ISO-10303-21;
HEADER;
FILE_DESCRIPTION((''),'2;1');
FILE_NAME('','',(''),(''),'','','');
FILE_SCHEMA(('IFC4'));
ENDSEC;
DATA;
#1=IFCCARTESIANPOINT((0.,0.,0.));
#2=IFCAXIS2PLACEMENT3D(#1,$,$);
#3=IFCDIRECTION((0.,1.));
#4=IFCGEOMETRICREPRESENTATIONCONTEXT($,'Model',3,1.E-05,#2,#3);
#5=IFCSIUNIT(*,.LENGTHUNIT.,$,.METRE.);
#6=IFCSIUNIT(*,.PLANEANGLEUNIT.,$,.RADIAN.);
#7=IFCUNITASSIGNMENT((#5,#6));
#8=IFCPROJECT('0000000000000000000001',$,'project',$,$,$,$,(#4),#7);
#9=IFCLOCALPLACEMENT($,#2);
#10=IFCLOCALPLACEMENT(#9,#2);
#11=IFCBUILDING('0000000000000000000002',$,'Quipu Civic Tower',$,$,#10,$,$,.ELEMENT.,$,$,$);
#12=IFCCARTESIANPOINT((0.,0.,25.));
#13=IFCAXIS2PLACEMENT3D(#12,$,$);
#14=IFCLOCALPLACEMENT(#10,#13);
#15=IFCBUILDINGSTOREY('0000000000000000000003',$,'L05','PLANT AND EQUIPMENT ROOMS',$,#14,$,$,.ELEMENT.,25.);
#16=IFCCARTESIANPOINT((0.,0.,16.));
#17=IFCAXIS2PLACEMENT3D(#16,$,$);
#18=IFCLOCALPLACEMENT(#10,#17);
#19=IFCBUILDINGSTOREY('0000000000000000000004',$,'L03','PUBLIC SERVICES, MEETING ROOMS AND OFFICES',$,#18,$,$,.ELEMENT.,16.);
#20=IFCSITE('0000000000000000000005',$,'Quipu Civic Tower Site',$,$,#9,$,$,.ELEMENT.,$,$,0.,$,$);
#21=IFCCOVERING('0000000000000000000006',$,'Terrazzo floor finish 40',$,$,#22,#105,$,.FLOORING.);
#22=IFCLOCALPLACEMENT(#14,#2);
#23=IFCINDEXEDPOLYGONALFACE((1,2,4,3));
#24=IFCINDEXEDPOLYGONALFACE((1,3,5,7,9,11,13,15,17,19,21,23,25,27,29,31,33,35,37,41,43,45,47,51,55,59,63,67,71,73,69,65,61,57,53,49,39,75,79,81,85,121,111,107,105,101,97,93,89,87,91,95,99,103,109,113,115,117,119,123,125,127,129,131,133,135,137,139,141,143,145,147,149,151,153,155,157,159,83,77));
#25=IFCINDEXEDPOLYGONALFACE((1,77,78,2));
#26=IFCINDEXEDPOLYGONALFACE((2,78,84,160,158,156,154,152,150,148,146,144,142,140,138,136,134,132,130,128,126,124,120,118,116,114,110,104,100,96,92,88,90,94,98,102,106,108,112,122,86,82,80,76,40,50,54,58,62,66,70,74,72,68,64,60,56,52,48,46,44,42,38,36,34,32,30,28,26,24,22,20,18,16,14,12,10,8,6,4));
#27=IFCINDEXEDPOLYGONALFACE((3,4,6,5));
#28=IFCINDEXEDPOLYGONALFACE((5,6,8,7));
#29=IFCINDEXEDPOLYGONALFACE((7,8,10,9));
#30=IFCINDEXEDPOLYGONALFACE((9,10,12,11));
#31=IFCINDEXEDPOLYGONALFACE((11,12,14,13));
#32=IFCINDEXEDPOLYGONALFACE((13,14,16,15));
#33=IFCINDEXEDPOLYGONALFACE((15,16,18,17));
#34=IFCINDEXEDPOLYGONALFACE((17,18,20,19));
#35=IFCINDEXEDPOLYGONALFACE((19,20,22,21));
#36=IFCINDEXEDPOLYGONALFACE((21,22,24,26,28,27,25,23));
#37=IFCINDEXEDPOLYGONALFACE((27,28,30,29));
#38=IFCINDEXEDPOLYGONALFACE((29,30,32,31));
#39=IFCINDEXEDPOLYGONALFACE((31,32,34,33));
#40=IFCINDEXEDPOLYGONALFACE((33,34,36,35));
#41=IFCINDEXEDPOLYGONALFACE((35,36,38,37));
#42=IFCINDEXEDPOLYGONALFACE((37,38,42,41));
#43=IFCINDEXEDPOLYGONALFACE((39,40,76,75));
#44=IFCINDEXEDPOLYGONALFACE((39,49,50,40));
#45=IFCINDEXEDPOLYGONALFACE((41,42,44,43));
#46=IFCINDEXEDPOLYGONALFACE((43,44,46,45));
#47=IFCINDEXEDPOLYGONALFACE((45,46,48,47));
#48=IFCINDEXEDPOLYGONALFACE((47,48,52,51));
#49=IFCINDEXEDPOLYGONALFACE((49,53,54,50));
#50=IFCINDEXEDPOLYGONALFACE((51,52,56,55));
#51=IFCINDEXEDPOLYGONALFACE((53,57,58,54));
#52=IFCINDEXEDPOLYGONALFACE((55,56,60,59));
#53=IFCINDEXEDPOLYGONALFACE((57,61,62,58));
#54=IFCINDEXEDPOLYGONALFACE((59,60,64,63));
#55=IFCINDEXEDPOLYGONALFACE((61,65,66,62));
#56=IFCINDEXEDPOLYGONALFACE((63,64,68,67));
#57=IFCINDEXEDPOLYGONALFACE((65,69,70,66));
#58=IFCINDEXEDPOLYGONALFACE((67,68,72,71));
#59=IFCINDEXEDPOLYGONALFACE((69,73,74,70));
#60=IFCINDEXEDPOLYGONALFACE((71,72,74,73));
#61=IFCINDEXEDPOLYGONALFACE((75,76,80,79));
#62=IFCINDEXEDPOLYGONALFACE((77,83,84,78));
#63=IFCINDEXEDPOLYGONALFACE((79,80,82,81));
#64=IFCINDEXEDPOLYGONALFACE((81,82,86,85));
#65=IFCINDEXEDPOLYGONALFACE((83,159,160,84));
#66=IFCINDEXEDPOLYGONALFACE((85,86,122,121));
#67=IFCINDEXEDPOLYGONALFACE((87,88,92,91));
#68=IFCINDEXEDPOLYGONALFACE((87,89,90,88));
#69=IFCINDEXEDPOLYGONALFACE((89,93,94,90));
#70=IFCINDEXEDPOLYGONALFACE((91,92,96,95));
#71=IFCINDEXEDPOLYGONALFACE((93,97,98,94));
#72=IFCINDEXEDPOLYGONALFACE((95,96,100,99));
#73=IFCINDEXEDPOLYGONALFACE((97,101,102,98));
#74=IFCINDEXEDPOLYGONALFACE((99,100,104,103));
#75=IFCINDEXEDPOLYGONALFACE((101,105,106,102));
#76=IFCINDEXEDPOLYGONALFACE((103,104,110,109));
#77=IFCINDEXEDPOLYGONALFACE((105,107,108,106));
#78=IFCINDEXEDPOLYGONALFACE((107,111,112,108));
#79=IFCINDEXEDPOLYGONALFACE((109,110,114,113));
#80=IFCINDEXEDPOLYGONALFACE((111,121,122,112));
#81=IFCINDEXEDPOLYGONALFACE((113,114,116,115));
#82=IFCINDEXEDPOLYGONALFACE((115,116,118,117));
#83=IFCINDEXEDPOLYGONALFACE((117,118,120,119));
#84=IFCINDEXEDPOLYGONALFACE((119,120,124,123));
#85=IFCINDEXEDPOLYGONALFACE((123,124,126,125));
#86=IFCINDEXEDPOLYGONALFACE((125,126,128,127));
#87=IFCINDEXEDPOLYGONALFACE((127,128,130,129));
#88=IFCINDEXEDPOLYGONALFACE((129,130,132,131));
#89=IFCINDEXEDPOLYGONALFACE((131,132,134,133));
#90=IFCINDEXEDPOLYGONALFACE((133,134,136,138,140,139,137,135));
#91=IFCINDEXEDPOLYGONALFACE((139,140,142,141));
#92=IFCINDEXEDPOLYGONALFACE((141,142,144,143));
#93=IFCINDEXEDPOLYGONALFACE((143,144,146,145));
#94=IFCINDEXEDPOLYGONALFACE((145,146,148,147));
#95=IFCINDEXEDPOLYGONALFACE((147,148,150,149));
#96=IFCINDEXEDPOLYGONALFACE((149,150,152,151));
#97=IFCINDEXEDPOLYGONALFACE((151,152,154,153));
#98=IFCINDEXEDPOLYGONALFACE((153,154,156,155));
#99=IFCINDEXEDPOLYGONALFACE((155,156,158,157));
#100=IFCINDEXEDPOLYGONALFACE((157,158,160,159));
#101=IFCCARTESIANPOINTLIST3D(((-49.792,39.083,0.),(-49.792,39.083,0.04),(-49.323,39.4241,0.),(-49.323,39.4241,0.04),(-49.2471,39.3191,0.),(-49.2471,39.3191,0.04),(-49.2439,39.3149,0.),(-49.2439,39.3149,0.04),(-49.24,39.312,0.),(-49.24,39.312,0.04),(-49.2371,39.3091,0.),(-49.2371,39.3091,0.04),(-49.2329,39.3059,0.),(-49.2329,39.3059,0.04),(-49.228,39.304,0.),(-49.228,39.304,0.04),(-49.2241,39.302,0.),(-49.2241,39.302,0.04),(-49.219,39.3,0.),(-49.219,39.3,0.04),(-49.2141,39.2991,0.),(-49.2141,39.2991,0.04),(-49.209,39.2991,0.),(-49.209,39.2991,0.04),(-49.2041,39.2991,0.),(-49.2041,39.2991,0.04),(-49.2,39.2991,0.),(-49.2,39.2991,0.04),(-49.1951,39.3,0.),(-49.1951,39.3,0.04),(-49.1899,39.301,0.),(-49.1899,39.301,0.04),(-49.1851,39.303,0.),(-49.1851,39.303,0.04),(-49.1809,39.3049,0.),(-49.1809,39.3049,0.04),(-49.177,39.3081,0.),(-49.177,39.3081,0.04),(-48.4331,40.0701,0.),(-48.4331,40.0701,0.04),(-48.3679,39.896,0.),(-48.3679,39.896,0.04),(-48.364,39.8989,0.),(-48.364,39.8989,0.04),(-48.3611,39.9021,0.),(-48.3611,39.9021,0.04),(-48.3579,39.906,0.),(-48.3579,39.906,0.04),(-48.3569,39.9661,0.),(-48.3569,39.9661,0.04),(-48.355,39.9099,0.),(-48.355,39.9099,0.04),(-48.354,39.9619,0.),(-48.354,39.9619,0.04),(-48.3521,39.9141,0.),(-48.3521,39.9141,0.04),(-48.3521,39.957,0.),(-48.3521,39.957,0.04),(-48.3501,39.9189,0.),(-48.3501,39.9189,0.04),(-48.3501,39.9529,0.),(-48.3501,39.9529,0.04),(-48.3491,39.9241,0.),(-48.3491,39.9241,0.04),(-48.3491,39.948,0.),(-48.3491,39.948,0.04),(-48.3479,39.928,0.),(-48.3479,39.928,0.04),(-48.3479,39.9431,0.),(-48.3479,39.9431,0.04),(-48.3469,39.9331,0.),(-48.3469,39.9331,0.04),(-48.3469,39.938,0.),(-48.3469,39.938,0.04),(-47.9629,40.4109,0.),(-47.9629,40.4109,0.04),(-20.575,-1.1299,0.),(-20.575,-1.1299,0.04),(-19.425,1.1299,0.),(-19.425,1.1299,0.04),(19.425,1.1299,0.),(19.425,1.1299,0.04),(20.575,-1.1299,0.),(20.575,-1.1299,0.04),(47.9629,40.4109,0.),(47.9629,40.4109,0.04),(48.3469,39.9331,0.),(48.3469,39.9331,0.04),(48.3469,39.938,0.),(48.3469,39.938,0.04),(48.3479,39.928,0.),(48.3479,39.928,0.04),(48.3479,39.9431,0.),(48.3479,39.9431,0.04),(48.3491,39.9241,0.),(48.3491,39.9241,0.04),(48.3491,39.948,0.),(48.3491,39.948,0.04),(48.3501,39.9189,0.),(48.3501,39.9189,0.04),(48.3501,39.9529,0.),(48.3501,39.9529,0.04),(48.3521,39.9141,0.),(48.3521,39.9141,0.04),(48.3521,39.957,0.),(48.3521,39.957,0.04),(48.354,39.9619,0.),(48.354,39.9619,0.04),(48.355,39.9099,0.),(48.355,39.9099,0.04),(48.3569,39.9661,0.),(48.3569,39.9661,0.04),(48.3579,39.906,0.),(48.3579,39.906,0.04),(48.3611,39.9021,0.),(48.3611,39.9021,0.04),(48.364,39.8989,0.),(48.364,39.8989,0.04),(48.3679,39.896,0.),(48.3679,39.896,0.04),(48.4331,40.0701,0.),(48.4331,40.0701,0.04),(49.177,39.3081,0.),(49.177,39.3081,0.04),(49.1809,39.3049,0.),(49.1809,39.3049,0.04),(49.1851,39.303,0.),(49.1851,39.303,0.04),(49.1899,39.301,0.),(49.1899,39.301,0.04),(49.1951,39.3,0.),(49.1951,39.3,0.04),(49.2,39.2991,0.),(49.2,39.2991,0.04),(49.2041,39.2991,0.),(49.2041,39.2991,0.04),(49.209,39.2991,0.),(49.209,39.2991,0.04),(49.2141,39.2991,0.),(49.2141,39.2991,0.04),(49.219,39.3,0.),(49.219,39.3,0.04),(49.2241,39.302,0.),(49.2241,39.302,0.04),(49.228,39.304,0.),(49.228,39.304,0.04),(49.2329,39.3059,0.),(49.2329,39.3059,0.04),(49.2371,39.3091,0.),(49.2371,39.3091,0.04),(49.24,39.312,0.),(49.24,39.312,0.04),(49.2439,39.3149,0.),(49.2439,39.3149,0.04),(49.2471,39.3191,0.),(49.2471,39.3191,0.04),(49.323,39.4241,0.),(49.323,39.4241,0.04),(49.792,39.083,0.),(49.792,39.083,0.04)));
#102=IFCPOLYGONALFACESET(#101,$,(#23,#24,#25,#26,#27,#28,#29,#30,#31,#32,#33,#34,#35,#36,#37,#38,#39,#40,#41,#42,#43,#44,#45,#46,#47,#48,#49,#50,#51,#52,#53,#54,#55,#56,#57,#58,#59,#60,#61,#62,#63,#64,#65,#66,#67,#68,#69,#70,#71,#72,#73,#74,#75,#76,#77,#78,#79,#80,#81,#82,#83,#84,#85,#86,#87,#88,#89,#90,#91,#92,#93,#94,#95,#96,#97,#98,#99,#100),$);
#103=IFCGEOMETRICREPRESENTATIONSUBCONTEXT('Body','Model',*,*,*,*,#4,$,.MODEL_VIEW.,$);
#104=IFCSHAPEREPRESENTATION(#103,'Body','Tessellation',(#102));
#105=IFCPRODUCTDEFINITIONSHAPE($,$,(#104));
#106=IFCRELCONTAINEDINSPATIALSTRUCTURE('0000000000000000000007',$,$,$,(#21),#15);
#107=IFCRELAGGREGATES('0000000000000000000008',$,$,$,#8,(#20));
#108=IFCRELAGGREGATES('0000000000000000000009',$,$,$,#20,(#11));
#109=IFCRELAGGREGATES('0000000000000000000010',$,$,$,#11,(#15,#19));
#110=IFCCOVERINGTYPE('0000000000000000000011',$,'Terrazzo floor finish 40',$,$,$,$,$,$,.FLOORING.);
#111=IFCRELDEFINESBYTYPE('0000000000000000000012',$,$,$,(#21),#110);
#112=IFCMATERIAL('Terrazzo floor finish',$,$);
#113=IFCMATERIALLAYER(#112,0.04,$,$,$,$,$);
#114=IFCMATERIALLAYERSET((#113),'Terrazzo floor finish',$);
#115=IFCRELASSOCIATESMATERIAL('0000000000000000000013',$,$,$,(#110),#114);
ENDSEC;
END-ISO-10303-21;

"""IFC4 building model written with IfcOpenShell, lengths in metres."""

from ifc_helpers import new_model, si_unit, direction, frame, origin, place, context, subcontext, project, spatial, polyline, outline, extrude, material, layer, layer_set, type_object, element, save


model = new_model("IFC4")

# Units and contexts
model_context = context("Model", 3, precision=1e-05, world=origin(), true_north=direction((0.0, 1.0)))
body_context = subcontext(model_context, "Body", "Model", "MODEL_VIEW")
ifc_project = project(units=[si_unit("LENGTHUNIT", "METRE"), si_unit("PLANEANGLEUNIT", "RADIAN")], contexts=[model_context])

# Site, building, storey
site_placement = place(None, origin())
site = spatial("IfcSite", under=ifc_project, at=site_placement, Name="Quipu Civic Tower Site", CompositionType="ELEMENT", RefElevation=0.0)
building_placement = place(site_placement, origin())
building = spatial("IfcBuilding", under=site, at=building_placement, Name="Quipu Civic Tower", CompositionType="ELEMENT")
storey_1_placement = place(building_placement, frame((0.0, 0.0, 25.0)))
storey_1 = spatial("IfcBuildingStorey", under=building, at=storey_1_placement, Name="L05", Description="PLANT AND EQUIPMENT ROOMS", CompositionType="ELEMENT", Elevation=25.0)

# Shared definitions
storey_2_placement = place(building_placement, frame((0.0, 0.0, 16.0)))
storey_2 = spatial("IfcBuildingStorey", under=building, at=storey_2_placement, Name="L03", Description="PUBLIC SERVICES, MEETING ROOMS AND OFFICES", CompositionType="ELEMENT", Elevation=16.0)

# Covering
ifc_material_1 = material(Name="Terrazzo floor finish")
ifc_layer_1 = layer(ifc_material_1, 0.04)
ifc_layer_set_1 = layer_set([ifc_layer_1], Name="Terrazzo floor finish")
covering_type_1 = type_object("IfcCoveringType", Name="Terrazzo floor finish 40", PredefinedType="FLOORING", material=ifc_layer_set_1)
covering_1_placement = place(storey_1_placement, origin())
element("IfcCovering", 1, at=covering_1_placement, inside=storey_1, type_object=covering_type_1, Name="Terrazzo floor finish 40", PredefinedType="FLOORING", context=body_context, shape_type="SweptSolid", body=[
    extrude(outline(polyline([(47.9629, 40.4109), (48.4331, 40.0701), (48.3569, 39.9661), (48.354, 39.9619), (48.3521, 39.957), (48.3501, 39.9529), (48.3491, 39.948), (48.3479, 39.9431), (48.3469, 39.938), (48.3469, 39.9331), (48.3479, 39.928), (48.3491, 39.9241), (48.3501, 39.9189), (48.3521, 39.9141), (48.355, 39.9099), (48.3579, 39.906), (48.3611, 39.9021), (48.364, 39.8989), (48.3679, 39.896), (49.177, 39.3081), (49.1809, 39.3049), (49.1851, 39.303), (49.1899, 39.301), (49.1951, 39.3), (49.2, 39.2991), (49.2041, 39.2991), (49.209, 39.2991), (49.2141, 39.2991), (49.219, 39.3), (49.2241, 39.302), (49.228, 39.304), (49.2329, 39.3059), (49.2371, 39.3091), (49.24, 39.312), (49.2439, 39.3149), (49.2471, 39.3191), (49.323, 39.4241), (49.792, 39.083), (20.575, -1.1299), (-20.575, -1.1299), (-49.792, 39.083), (-49.323, 39.4241), (-49.2471, 39.3191), (-49.2439, 39.3149), (-49.24, 39.312), (-49.2371, 39.3091), (-49.2329, 39.3059), (-49.228, 39.304), (-49.2241, 39.302), (-49.219, 39.3), (-49.2141, 39.2991), (-49.209, 39.2991), (-49.2041, 39.2991), (-49.2, 39.2991), (-49.1951, 39.3), (-49.1899, 39.301), (-49.1851, 39.303), (-49.1809, 39.3049), (-49.177, 39.3081), (-48.3679, 39.896), (-48.364, 39.8989), (-48.3611, 39.9021), (-48.3579, 39.906), (-48.355, 39.9099), (-48.3521, 39.9141), (-48.3501, 39.9189), (-48.3491, 39.9241), (-48.3479, 39.928), (-48.3469, 39.9331), (-48.3469, 39.938), (-48.3479, 39.9431), (-48.3491, 39.948), (-48.3501, 39.9529), (-48.3521, 39.957), (-48.354, 39.9619), (-48.3569, 39.9661), (-48.4331, 40.0701), (-47.9629, 40.4109), (-19.425, 1.1299), (19.425, 1.1299), (47.9629, 40.4109)])), origin(), (0.0, 0.0, 1.0), 0.04),
])

save(model, "model.ifc")
